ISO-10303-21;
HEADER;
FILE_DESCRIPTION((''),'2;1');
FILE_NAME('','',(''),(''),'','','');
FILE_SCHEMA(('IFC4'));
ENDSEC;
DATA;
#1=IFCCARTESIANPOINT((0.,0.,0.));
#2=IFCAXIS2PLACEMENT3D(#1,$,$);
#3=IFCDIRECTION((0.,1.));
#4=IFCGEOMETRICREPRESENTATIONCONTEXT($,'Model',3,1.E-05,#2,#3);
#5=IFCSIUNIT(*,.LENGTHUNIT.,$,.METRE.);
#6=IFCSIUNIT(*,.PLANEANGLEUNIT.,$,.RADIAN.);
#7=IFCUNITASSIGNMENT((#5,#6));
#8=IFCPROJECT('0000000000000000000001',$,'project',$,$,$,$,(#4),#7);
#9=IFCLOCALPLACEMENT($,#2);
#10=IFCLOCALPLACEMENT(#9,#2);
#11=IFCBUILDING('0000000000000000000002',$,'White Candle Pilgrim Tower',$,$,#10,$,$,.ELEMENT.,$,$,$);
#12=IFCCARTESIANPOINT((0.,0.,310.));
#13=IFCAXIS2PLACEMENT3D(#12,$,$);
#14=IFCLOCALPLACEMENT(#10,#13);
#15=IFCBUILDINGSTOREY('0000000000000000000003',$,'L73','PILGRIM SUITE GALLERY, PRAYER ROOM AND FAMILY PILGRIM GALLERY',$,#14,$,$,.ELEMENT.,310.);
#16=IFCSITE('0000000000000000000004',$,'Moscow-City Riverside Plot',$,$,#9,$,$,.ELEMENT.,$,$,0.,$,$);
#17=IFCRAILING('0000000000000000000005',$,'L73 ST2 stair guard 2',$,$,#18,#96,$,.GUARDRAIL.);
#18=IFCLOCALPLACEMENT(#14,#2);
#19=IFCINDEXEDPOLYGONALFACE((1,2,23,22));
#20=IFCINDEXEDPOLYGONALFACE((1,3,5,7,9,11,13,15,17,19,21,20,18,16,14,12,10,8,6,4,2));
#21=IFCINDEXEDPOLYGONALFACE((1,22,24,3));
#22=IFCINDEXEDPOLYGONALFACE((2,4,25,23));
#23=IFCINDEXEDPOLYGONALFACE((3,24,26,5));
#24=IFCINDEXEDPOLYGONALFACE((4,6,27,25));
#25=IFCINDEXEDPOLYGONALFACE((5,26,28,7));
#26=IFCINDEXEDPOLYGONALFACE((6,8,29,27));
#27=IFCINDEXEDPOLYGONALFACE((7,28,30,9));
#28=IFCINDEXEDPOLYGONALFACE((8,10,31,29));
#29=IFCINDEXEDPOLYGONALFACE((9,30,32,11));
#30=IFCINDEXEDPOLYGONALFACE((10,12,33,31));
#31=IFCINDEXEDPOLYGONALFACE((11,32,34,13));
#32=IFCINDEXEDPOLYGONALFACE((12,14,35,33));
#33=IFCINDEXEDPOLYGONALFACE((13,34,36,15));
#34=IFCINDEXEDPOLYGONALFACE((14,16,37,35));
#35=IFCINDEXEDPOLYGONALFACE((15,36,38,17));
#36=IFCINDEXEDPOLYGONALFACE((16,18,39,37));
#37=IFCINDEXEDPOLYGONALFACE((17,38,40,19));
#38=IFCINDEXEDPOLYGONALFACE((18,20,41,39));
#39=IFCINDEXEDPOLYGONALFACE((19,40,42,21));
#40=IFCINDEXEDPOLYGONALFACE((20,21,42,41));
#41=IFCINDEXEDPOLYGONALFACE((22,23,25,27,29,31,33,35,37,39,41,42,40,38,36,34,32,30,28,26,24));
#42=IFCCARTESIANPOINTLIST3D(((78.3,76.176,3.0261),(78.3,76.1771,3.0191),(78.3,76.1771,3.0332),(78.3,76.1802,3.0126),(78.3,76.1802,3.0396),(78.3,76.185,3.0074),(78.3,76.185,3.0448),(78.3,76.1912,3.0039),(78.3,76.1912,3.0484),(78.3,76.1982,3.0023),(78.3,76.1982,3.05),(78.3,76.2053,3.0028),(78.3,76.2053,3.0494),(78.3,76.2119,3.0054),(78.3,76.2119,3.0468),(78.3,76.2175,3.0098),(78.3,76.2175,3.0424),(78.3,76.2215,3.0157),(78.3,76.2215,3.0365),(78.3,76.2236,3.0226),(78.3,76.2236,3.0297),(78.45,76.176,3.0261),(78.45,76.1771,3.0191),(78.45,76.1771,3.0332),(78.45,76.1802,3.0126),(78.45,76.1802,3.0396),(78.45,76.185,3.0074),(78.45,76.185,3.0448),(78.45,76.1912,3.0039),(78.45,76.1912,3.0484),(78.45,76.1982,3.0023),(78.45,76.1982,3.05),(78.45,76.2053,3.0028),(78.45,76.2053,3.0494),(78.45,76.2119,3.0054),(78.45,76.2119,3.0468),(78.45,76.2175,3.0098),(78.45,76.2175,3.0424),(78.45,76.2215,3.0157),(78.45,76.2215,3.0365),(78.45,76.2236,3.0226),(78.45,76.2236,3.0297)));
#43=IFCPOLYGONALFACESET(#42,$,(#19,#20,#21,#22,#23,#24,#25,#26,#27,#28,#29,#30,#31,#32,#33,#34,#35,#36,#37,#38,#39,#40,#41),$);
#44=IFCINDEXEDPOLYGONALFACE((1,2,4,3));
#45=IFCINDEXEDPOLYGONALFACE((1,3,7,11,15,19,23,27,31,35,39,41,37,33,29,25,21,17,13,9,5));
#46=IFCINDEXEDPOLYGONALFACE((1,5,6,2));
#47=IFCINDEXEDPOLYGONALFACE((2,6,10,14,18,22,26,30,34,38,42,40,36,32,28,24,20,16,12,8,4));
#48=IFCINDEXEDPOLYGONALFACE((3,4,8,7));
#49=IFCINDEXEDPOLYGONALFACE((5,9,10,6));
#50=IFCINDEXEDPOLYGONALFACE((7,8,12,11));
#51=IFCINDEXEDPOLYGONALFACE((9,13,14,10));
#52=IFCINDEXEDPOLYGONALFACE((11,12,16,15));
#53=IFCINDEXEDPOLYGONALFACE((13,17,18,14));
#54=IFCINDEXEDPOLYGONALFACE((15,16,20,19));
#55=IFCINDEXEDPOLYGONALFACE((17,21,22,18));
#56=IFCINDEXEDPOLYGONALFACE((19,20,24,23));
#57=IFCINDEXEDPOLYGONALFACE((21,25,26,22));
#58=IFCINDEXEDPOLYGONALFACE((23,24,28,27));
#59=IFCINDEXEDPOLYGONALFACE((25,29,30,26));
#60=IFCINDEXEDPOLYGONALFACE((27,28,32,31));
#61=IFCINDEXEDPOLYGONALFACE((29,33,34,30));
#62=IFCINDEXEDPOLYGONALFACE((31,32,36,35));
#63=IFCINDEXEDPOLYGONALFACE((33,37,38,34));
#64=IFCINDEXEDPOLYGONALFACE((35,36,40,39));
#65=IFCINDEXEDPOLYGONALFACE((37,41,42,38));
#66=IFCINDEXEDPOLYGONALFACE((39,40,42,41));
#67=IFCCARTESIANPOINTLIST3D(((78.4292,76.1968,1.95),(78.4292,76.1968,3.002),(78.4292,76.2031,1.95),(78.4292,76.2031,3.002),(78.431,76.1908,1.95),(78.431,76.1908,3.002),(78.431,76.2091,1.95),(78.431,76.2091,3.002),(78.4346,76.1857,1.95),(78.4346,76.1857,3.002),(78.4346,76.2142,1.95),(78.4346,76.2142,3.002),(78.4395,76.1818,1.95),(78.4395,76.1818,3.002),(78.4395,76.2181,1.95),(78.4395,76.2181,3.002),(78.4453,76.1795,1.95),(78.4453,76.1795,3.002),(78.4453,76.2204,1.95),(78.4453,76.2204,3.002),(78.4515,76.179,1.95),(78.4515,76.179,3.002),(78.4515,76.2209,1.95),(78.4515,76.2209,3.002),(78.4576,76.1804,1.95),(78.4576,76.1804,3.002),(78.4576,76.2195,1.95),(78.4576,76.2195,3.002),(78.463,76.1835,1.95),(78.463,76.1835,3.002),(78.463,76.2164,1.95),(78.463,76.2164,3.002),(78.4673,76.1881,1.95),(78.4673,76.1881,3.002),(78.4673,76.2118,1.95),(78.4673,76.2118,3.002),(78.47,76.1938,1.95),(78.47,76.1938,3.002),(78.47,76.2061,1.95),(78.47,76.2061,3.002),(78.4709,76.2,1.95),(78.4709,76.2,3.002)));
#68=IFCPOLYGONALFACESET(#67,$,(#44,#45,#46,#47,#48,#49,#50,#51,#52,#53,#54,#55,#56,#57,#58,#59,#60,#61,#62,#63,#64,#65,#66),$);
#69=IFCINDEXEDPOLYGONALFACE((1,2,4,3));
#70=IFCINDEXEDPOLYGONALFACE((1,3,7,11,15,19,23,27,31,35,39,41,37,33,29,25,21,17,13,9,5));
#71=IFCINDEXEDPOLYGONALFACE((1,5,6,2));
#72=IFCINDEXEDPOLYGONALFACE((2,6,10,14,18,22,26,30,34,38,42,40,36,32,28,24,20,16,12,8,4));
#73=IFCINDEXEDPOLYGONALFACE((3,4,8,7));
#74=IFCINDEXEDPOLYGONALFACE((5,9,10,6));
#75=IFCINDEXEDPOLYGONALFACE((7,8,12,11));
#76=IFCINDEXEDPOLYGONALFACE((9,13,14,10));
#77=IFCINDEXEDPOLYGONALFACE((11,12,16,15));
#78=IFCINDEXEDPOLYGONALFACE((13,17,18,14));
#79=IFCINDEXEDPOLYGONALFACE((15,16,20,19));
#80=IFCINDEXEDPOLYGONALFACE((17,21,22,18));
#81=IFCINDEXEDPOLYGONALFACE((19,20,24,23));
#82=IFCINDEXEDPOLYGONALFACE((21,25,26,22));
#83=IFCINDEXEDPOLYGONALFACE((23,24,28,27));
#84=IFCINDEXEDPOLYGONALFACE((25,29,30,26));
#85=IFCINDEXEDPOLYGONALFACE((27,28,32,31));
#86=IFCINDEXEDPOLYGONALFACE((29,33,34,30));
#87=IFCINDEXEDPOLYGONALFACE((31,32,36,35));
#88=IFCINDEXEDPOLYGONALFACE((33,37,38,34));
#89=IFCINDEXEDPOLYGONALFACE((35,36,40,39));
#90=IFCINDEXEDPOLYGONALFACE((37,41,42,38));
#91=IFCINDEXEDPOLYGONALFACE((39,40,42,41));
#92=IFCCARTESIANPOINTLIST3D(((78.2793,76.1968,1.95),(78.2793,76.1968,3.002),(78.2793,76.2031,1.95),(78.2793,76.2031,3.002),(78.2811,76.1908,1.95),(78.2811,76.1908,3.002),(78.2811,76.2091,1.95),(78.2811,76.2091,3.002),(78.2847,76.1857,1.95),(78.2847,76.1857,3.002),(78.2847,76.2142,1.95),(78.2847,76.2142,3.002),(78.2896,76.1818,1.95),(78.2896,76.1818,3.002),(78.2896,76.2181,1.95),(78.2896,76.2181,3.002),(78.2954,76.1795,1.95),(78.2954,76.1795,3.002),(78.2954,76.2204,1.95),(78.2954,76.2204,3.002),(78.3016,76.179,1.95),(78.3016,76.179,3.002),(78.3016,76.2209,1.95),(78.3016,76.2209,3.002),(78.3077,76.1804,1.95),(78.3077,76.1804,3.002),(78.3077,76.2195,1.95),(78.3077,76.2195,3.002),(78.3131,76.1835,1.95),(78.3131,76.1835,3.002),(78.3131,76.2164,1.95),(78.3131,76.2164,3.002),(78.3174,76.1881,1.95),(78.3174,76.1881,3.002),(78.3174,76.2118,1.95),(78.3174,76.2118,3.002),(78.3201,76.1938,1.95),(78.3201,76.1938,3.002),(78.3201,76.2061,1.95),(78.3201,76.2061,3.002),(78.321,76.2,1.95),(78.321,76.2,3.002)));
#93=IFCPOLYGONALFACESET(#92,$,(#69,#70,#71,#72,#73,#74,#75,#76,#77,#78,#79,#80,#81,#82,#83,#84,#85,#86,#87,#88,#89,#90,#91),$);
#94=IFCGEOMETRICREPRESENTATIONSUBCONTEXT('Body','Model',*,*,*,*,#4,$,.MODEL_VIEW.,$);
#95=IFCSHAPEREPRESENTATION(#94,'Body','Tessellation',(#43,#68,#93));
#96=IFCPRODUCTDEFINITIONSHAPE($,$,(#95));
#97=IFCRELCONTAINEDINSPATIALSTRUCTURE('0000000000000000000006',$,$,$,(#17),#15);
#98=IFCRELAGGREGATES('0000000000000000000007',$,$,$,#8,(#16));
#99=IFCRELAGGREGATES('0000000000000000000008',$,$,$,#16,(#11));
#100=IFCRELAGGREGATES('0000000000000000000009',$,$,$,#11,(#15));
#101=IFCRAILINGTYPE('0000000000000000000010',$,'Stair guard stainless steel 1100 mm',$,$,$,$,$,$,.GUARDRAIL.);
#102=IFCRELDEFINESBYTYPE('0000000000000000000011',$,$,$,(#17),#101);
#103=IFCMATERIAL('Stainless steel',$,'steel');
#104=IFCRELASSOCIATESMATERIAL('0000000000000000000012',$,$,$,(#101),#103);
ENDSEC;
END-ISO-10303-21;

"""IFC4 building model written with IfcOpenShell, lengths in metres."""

from ifc_helpers import new_model, si_unit, direction, frame, origin, origin_2d, place, context, subcontext, project, spatial, circle, extrude, material, type_object, element, save


model = new_model("IFC4")

# Units and contexts
model_context = context("Model", 3, precision=1e-05, world=origin(), true_north=direction((0.0, 1.0)))
body_context = subcontext(model_context, "Body", "Model", "MODEL_VIEW")
ifc_project = project(units=[si_unit("LENGTHUNIT", "METRE"), si_unit("PLANEANGLEUNIT", "RADIAN")], contexts=[model_context])

# Site, building, storey
site_placement = place(None, origin())
site = spatial("IfcSite", under=ifc_project, at=site_placement, Name="Moscow-City Riverside Plot", CompositionType="ELEMENT", RefElevation=0.0)
building_placement = place(site_placement, origin())
building = spatial("IfcBuilding", under=site, at=building_placement, Name="White Candle Pilgrim Tower", CompositionType="ELEMENT")
storey_placement = place(building_placement, frame((0.0, 0.0, 310.0)))
storey = spatial("IfcBuildingStorey", under=building, at=storey_placement, Name="L73", Description="PILGRIM SUITE GALLERY, PRAYER ROOM AND FAMILY PILGRIM GALLERY", CompositionType="ELEMENT", Elevation=310.0)

# Railing
ifc_material_1 = material(Name="Stainless steel", Category="steel")
railing_type_1 = type_object("IfcRailingType", Name="Stair guard stainless steel 1100 mm", PredefinedType="GUARDRAIL", material=ifc_material_1)
railing_1_placement = place(storey_placement, frame((78.45, 76.2, 1.95)))
element("IfcRailing", 1, at=railing_1_placement, inside=storey, type_object=railing_type_1, Name="L73 ST2 stair guard 2", PredefinedType="GUARDRAIL", context=body_context, shape_type="SweptSolid", body=[
    extrude(circle(Radius=0.0239, at=origin_2d()), frame((0.0, 0.0, 1.0762), z_axis=(-1.0, 0.0, 0.0), x_axis=(0.0, -1.0, 0.0)), (0.0, 0.0, 1.0), 0.1499),
    extrude(circle(Radius=0.021, at=origin_2d()), origin(), (0.0, 0.0, 1.0), 1.052),
    extrude(circle(Radius=0.021, at=origin_2d()), frame((-0.1499, 0.0, 0.0)), (0.0, 0.0, 1.0), 1.052),
])

save(model, "model.ifc")
